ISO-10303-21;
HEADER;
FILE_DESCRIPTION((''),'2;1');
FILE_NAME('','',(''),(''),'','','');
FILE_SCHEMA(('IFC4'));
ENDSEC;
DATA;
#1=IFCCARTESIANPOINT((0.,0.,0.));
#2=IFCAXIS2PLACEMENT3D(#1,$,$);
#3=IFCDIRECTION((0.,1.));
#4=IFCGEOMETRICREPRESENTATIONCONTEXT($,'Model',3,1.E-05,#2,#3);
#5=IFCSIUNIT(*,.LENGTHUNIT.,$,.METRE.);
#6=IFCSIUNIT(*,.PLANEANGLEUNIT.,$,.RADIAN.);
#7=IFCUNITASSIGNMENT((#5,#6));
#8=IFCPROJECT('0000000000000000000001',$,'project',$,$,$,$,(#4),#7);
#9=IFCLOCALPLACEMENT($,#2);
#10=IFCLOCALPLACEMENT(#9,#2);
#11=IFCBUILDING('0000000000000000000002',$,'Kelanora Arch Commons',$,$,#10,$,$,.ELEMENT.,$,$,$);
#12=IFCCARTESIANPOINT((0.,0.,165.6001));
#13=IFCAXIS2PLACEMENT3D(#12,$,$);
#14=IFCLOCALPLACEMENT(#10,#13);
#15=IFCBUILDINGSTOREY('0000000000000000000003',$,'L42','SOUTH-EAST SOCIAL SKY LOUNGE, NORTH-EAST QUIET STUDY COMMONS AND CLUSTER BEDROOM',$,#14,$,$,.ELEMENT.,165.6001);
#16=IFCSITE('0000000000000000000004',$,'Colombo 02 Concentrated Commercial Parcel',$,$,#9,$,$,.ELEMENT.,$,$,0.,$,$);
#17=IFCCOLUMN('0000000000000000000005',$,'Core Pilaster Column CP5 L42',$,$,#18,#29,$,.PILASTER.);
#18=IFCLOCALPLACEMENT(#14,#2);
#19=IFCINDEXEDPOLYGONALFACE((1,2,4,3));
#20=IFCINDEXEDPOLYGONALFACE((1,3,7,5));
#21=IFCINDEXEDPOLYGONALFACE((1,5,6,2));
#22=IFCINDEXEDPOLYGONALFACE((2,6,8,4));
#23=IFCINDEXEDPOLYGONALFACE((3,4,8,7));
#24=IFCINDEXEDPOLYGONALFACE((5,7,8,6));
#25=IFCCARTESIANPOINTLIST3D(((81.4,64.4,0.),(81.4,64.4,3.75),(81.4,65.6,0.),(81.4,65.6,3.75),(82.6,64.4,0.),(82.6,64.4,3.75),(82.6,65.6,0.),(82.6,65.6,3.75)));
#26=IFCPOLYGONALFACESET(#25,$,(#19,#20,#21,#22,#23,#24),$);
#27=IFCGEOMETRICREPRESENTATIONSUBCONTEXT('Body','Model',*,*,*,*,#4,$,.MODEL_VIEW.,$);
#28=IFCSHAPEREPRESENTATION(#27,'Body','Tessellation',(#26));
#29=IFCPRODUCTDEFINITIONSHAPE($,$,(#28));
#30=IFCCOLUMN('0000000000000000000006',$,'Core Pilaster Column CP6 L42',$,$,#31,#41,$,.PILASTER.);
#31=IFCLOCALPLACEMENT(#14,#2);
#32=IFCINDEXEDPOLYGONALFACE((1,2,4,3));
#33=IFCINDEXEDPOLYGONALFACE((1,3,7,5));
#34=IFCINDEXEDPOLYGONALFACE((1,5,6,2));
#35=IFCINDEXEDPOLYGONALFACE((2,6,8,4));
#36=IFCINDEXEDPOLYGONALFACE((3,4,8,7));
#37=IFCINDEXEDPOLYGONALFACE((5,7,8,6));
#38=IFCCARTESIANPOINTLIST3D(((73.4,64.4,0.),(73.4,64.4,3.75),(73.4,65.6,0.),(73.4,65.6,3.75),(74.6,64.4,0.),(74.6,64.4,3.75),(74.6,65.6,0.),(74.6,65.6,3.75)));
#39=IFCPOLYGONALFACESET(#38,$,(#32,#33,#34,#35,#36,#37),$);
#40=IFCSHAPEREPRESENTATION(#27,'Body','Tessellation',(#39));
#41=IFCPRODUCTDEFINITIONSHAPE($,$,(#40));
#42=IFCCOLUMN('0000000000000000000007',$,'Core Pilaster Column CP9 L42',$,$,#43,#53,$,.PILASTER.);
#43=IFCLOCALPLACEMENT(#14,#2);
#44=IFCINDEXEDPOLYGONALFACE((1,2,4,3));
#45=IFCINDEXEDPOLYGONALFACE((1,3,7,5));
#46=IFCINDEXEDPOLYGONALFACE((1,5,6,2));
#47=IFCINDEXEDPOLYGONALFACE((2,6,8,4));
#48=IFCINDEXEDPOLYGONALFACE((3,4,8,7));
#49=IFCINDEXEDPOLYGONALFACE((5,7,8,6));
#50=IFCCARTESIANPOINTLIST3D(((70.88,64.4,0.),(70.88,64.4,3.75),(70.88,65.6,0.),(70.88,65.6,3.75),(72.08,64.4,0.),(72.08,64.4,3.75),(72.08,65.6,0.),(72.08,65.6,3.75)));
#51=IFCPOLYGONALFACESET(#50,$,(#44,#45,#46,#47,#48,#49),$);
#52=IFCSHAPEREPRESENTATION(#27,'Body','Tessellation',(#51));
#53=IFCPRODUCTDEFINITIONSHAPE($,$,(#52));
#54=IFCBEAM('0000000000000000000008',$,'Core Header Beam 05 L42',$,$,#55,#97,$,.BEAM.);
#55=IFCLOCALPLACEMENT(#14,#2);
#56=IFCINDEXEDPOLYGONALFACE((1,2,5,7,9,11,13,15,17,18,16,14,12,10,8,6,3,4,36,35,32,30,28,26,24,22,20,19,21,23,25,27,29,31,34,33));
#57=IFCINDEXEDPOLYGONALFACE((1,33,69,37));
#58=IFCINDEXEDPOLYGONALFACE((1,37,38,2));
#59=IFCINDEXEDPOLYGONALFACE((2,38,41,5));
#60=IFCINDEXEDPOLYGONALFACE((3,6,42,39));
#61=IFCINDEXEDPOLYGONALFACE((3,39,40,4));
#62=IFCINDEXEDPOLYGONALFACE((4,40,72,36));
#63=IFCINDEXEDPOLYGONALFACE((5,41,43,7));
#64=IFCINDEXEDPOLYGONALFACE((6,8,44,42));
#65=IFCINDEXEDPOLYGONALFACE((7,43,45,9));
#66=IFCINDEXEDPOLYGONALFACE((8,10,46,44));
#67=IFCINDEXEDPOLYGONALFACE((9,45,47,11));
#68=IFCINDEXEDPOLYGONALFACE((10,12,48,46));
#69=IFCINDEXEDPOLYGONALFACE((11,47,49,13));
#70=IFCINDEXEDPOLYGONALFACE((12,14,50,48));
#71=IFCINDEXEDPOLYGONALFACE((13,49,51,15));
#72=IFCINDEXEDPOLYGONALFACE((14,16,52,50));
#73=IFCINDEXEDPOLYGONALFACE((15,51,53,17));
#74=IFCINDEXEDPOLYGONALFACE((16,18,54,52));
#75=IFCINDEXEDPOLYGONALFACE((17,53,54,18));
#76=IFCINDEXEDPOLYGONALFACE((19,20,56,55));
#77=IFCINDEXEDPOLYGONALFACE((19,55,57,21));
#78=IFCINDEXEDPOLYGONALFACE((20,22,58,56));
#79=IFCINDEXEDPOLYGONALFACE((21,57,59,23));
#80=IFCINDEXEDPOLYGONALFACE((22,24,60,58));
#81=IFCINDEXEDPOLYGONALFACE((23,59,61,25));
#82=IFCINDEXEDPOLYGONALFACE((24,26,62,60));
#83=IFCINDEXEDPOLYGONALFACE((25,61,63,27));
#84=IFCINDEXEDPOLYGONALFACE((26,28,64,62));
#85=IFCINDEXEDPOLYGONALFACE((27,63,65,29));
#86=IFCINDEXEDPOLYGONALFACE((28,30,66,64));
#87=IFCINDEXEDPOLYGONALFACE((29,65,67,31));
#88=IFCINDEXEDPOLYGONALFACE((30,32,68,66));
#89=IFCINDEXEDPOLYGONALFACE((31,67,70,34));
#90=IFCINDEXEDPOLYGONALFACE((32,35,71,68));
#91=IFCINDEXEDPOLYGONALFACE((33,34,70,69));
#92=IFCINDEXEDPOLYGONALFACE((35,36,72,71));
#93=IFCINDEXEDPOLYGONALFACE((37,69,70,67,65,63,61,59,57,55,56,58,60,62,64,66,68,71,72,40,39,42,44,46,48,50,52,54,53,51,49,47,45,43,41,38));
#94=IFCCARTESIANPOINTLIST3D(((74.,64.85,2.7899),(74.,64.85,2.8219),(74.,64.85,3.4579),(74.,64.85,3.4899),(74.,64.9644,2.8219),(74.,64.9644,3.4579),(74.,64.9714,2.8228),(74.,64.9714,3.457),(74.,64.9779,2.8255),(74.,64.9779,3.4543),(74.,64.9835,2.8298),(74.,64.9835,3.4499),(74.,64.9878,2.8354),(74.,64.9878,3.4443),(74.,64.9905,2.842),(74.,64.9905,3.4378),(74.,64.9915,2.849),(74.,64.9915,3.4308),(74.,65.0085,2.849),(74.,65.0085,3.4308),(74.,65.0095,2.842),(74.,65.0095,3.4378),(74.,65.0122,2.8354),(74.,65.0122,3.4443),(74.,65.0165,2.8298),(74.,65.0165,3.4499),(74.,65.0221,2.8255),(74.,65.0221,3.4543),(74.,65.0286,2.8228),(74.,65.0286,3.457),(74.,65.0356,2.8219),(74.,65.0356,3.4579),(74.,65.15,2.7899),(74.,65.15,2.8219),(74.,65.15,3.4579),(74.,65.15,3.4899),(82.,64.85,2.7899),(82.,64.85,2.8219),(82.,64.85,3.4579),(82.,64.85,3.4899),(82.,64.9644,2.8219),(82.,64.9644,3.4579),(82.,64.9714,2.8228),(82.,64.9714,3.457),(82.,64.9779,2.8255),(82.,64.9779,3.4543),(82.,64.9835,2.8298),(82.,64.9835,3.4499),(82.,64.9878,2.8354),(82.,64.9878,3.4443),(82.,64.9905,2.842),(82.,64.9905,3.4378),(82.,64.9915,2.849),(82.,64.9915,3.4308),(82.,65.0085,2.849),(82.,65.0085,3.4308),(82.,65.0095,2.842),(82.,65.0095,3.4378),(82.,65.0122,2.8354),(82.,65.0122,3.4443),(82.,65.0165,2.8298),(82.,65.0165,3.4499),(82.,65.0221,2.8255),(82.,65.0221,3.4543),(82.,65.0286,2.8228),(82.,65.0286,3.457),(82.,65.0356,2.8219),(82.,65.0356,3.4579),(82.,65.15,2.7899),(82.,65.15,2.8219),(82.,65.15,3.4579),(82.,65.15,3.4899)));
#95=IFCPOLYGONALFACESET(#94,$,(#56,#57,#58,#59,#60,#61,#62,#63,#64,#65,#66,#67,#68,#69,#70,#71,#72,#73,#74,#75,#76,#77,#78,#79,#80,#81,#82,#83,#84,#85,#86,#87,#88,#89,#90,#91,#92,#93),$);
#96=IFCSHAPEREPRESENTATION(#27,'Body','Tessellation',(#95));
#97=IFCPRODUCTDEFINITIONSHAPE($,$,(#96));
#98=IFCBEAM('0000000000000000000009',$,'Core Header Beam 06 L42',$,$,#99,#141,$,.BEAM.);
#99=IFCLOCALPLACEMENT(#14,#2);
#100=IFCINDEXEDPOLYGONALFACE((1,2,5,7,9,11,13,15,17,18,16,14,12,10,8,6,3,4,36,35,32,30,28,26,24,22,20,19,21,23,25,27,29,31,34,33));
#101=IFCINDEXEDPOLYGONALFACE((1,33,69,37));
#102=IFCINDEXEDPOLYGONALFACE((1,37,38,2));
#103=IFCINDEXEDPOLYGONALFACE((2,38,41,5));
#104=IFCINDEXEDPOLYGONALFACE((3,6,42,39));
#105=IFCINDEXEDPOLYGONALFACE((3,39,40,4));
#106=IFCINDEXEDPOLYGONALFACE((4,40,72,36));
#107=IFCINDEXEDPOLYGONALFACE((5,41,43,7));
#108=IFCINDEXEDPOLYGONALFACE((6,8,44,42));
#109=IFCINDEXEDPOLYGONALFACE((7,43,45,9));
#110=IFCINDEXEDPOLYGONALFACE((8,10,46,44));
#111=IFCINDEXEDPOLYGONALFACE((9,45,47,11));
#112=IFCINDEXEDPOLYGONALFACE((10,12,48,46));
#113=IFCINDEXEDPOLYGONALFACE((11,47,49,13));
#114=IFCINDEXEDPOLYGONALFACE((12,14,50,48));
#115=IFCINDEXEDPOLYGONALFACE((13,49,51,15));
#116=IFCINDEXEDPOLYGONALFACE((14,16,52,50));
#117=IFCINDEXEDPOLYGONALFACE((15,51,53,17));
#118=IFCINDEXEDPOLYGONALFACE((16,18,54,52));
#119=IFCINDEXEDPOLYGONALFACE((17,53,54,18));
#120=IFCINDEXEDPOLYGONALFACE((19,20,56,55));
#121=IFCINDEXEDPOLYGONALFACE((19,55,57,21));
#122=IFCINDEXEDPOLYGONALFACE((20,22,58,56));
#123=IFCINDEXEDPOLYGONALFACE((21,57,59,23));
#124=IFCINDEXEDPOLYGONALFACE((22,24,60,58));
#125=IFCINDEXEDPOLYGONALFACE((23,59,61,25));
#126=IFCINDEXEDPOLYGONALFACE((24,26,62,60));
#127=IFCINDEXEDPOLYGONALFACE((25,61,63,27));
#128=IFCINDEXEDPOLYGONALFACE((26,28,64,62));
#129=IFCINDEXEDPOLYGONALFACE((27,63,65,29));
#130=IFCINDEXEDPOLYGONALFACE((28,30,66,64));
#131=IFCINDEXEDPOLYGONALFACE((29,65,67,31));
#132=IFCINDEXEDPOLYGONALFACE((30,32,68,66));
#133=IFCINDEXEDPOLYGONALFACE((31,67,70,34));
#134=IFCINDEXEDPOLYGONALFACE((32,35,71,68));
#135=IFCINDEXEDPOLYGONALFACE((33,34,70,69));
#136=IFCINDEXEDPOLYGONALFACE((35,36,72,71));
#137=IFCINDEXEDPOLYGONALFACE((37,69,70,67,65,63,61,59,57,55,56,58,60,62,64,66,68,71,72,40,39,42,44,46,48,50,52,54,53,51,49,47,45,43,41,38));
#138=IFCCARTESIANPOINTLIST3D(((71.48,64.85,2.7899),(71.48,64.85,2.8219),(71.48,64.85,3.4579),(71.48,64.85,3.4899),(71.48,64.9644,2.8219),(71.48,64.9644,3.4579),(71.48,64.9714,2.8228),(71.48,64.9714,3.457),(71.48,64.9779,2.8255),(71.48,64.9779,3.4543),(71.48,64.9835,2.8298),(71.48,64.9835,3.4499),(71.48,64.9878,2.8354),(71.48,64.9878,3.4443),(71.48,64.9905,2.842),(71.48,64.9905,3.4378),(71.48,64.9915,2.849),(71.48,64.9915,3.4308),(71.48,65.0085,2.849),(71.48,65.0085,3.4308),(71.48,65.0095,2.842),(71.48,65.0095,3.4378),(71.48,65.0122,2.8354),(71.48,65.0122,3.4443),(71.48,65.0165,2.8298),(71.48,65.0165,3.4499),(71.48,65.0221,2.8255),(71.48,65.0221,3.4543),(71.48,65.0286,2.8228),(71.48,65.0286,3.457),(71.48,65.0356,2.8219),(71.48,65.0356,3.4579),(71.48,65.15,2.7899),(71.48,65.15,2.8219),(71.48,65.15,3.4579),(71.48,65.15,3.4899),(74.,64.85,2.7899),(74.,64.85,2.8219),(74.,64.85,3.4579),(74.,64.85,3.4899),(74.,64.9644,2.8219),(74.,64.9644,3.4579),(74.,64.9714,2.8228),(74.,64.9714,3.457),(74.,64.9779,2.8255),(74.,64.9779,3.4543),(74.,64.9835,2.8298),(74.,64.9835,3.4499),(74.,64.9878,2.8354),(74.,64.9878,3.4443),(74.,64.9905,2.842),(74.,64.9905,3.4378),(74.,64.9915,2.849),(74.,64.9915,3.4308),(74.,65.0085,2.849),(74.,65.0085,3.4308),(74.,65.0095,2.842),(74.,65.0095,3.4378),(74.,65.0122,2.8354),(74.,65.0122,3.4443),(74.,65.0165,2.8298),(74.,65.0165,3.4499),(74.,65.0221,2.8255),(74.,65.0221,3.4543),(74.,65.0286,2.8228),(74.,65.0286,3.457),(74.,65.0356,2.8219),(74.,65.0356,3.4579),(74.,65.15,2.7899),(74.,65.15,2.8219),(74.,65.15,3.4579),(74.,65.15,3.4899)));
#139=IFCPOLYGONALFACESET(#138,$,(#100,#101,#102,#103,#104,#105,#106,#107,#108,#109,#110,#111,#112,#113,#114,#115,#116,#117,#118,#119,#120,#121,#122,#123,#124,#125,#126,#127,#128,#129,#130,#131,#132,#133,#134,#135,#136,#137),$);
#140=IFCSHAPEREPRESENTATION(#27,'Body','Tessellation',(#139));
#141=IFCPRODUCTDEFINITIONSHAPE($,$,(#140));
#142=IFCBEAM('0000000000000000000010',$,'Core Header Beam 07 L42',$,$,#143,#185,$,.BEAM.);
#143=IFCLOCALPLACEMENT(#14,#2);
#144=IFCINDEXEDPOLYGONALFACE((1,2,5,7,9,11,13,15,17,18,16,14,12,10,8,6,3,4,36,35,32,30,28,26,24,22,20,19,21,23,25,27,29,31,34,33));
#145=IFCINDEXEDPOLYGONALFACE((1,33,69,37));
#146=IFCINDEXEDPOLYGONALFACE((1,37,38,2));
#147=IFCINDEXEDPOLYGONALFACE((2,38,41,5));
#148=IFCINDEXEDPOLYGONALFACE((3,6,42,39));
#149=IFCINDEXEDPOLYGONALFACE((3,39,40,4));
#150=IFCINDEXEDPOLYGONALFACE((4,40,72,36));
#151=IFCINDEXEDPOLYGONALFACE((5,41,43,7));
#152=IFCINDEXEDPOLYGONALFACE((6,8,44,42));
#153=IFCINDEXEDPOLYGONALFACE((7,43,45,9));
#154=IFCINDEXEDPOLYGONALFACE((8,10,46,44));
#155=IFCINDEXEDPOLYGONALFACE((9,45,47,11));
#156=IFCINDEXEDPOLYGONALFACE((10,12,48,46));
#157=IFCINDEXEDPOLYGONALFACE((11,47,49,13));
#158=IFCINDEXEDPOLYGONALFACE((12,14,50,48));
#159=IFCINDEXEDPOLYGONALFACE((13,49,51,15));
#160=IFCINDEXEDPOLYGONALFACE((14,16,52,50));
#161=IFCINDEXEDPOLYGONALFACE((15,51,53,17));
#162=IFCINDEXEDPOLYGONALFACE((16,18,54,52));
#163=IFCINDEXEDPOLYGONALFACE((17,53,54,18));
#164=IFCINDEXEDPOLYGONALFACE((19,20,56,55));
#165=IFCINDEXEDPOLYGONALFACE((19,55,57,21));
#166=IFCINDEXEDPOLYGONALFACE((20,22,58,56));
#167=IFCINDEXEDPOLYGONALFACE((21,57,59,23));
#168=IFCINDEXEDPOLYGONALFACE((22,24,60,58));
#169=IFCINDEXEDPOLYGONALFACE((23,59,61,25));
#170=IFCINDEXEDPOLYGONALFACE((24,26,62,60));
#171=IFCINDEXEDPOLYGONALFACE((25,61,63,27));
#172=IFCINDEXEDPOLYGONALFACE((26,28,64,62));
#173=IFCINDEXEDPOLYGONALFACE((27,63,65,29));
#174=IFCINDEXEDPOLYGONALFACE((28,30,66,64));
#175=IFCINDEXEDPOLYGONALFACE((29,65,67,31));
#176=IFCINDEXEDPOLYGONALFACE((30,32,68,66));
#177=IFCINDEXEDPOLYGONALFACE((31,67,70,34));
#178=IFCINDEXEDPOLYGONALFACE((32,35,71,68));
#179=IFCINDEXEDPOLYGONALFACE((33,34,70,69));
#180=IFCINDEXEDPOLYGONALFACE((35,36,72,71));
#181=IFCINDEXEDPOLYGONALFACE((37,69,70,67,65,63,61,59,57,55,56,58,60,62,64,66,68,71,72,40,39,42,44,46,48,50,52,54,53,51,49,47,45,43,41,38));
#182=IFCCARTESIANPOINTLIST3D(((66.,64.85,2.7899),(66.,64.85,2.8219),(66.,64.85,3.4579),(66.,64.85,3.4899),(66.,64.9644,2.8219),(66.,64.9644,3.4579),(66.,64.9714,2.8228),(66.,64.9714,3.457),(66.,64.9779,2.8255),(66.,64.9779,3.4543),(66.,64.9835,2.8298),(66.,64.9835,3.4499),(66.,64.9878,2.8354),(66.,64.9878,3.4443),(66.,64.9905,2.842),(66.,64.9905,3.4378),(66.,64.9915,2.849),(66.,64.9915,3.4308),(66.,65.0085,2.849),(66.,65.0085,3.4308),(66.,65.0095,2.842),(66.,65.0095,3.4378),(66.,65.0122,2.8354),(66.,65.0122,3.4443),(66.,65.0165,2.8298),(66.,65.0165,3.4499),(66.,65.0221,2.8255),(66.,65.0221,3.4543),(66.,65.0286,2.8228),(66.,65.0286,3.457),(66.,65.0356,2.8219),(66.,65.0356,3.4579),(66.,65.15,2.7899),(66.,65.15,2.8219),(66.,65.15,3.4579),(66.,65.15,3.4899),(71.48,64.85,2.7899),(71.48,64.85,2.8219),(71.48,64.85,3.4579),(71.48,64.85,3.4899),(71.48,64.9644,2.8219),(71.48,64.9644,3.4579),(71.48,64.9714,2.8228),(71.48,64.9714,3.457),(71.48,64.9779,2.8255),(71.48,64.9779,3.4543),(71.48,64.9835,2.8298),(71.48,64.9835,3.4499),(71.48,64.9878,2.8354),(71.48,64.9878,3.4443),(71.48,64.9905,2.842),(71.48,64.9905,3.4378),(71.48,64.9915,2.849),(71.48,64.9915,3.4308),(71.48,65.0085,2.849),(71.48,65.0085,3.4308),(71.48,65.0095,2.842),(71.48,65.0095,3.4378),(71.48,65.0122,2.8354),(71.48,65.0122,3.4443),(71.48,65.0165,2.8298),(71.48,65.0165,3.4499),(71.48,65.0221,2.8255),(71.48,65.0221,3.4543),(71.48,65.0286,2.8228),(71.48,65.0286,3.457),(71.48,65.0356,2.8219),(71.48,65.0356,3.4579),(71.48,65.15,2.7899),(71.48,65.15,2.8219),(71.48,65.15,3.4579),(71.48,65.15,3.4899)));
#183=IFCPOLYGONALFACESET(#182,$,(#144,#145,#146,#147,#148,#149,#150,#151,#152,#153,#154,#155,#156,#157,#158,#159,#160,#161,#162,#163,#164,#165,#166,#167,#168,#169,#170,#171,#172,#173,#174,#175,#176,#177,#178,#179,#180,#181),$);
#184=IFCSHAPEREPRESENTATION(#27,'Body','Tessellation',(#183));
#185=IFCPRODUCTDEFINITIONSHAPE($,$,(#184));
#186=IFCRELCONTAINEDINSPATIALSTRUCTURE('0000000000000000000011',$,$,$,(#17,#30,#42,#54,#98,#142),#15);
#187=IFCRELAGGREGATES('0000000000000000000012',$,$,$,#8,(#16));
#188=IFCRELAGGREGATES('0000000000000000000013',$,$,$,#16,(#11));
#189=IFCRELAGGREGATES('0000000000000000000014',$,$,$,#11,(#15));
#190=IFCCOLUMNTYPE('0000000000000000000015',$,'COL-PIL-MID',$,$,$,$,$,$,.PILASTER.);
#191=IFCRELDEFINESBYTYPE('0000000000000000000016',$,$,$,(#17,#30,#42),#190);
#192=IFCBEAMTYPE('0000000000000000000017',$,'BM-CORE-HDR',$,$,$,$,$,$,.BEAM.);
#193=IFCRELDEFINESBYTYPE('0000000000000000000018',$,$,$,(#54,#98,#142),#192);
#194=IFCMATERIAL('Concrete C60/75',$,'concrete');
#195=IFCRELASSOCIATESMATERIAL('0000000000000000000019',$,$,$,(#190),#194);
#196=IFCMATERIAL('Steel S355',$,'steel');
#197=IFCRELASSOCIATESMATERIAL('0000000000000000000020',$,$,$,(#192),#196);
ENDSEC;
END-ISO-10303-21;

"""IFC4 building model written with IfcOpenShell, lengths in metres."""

from ifc_helpers import new_model, si_unit, direction, frame, origin, origin_2d, place, context, subcontext, project, spatial, rectangle, i_section, extrude, material, material_profile, profile_set, type_object, element, save


model = new_model("IFC4")

# Units and contexts
model_context = context("Model", 3, precision=1e-05, world=origin(), true_north=direction((0.0, 1.0)))
body_context = subcontext(model_context, "Body", "Model", "MODEL_VIEW")
ifc_project = project(units=[si_unit("LENGTHUNIT", "METRE"), si_unit("PLANEANGLEUNIT", "RADIAN")], contexts=[model_context])

# Site, building, storey
site_placement = place(None, origin())
site = spatial("IfcSite", under=ifc_project, at=site_placement, Name="Colombo 02 Concentrated Commercial Parcel", CompositionType="ELEMENT", RefElevation=0.0)
building_placement = place(site_placement, origin())
building = spatial("IfcBuilding", under=site, at=building_placement, Name="Kelanora Arch Commons", CompositionType="ELEMENT")
storey_placement = place(building_placement, frame((0.0, 0.0, 165.6001)))
storey = spatial("IfcBuildingStorey", under=building, at=storey_placement, Name="L42", Description="SOUTH-EAST SOCIAL SKY LOUNGE, NORTH-EAST QUIET STUDY COMMONS AND CLUSTER BEDROOM", CompositionType="ELEMENT", Elevation=165.6001)

# Columns
ifc_material_1 = material(Name="Concrete C60/75", Category="concrete")
ifc_material_profile_1 = material_profile(ifc_material_1, rectangle(XDim=1.2, YDim=1.2, at=origin_2d()), Name="RC1200x1200")
ifc_profile_set_1 = profile_set([ifc_material_profile_1], Name="Concrete C60/75")
column_type = type_object("IfcColumnType", Name="COL-PIL-MID", PredefinedType="PILASTER", material=ifc_profile_set_1)
for number, where, z_axis, x_axis, name in (
    (1, (82.0, 65.0, 0.0), (0.0, 0.0, 1.0), (1.0, 0.0, 0.0), "Core Pilaster Column CP5 L42"),
    (2, (74.0, 65.0, 0.0), (0.0, 0.0, 1.0), (1.0, 0.0, 0.0), "Core Pilaster Column CP6 L42"),
    (3, (71.48, 65.0, 0.0), (0.0, 0.0, 1.0), (1.0, 0.0, 0.0), "Core Pilaster Column CP9 L42"),
):
    element("IfcColumn", number, at=place(storey_placement, frame(where, z_axis=z_axis, x_axis=x_axis)), inside=storey, type_object=column_type, Name=name, PredefinedType="PILASTER", context=body_context, shape_type="SweptSolid", body=[
        extrude(rectangle(XDim=1.2, YDim=1.2, at=origin_2d()), origin(), (0.0, 0.0, 1.0), 3.75),
    ])

# Beams
ifc_material_2 = material(Name="Steel S355", Category="steel")
ifc_material_profile_2 = material_profile(ifc_material_2, i_section(OverallWidth=0.3, OverallDepth=0.7, WebThickness=0.0171, FlangeThickness=0.032, FilletRadius=0.0271, at=origin_2d()), Name="HEB700")
ifc_profile_set_2 = profile_set([ifc_material_profile_2], Name="Steel S355")
beam_type_1 = type_object("IfcBeamType", Name="BM-CORE-HDR", PredefinedType="BEAM", material=ifc_profile_set_2)
beam_1_placement = place(storey_placement, frame((82.0, 65.0, 3.1399), z_axis=(-1.0, 0.0, 0.0), x_axis=(0.0, -1.0, 0.0)))
element("IfcBeam", 4, at=beam_1_placement, inside=storey, type_object=beam_type_1, Name="Core Header Beam 05 L42", PredefinedType="BEAM", context=body_context, shape_type="SweptSolid", body=[
    extrude(i_section(OverallWidth=0.3, OverallDepth=0.7, WebThickness=0.0171, FlangeThickness=0.032, FilletRadius=0.0271, at=origin_2d()), origin(), (0.0, 0.0, 1.0), 8.0),
])
beam_2_placement = place(storey_placement, frame((74.0, 65.0, 3.1399), z_axis=(-1.0, 0.0, 0.0), x_axis=(0.0, -1.0, 0.0)))
element("IfcBeam", 5, at=beam_2_placement, inside=storey, type_object=beam_type_1, Name="Core Header Beam 06 L42", PredefinedType="BEAM", context=body_context, shape_type="SweptSolid", body=[
    extrude(i_section(OverallWidth=0.3, OverallDepth=0.7, WebThickness=0.0171, FlangeThickness=0.032, FilletRadius=0.0271, at=origin_2d()), origin(), (0.0, 0.0, 1.0), 2.52),
])
beam_3_placement = place(storey_placement, frame((71.48, 65.0, 3.1399), z_axis=(-1.0, 0.0, 0.0), x_axis=(0.0, -1.0, 0.0)))
element("IfcBeam", 6, at=beam_3_placement, inside=storey, type_object=beam_type_1, Name="Core Header Beam 07 L42", PredefinedType="BEAM", context=body_context, shape_type="SweptSolid", body=[
    extrude(i_section(OverallWidth=0.3, OverallDepth=0.7, WebThickness=0.0171, FlangeThickness=0.032, FilletRadius=0.0271, at=origin_2d()), origin(), (0.0, 0.0, 1.0), 5.48),
])

save(model, "model.ifc")
